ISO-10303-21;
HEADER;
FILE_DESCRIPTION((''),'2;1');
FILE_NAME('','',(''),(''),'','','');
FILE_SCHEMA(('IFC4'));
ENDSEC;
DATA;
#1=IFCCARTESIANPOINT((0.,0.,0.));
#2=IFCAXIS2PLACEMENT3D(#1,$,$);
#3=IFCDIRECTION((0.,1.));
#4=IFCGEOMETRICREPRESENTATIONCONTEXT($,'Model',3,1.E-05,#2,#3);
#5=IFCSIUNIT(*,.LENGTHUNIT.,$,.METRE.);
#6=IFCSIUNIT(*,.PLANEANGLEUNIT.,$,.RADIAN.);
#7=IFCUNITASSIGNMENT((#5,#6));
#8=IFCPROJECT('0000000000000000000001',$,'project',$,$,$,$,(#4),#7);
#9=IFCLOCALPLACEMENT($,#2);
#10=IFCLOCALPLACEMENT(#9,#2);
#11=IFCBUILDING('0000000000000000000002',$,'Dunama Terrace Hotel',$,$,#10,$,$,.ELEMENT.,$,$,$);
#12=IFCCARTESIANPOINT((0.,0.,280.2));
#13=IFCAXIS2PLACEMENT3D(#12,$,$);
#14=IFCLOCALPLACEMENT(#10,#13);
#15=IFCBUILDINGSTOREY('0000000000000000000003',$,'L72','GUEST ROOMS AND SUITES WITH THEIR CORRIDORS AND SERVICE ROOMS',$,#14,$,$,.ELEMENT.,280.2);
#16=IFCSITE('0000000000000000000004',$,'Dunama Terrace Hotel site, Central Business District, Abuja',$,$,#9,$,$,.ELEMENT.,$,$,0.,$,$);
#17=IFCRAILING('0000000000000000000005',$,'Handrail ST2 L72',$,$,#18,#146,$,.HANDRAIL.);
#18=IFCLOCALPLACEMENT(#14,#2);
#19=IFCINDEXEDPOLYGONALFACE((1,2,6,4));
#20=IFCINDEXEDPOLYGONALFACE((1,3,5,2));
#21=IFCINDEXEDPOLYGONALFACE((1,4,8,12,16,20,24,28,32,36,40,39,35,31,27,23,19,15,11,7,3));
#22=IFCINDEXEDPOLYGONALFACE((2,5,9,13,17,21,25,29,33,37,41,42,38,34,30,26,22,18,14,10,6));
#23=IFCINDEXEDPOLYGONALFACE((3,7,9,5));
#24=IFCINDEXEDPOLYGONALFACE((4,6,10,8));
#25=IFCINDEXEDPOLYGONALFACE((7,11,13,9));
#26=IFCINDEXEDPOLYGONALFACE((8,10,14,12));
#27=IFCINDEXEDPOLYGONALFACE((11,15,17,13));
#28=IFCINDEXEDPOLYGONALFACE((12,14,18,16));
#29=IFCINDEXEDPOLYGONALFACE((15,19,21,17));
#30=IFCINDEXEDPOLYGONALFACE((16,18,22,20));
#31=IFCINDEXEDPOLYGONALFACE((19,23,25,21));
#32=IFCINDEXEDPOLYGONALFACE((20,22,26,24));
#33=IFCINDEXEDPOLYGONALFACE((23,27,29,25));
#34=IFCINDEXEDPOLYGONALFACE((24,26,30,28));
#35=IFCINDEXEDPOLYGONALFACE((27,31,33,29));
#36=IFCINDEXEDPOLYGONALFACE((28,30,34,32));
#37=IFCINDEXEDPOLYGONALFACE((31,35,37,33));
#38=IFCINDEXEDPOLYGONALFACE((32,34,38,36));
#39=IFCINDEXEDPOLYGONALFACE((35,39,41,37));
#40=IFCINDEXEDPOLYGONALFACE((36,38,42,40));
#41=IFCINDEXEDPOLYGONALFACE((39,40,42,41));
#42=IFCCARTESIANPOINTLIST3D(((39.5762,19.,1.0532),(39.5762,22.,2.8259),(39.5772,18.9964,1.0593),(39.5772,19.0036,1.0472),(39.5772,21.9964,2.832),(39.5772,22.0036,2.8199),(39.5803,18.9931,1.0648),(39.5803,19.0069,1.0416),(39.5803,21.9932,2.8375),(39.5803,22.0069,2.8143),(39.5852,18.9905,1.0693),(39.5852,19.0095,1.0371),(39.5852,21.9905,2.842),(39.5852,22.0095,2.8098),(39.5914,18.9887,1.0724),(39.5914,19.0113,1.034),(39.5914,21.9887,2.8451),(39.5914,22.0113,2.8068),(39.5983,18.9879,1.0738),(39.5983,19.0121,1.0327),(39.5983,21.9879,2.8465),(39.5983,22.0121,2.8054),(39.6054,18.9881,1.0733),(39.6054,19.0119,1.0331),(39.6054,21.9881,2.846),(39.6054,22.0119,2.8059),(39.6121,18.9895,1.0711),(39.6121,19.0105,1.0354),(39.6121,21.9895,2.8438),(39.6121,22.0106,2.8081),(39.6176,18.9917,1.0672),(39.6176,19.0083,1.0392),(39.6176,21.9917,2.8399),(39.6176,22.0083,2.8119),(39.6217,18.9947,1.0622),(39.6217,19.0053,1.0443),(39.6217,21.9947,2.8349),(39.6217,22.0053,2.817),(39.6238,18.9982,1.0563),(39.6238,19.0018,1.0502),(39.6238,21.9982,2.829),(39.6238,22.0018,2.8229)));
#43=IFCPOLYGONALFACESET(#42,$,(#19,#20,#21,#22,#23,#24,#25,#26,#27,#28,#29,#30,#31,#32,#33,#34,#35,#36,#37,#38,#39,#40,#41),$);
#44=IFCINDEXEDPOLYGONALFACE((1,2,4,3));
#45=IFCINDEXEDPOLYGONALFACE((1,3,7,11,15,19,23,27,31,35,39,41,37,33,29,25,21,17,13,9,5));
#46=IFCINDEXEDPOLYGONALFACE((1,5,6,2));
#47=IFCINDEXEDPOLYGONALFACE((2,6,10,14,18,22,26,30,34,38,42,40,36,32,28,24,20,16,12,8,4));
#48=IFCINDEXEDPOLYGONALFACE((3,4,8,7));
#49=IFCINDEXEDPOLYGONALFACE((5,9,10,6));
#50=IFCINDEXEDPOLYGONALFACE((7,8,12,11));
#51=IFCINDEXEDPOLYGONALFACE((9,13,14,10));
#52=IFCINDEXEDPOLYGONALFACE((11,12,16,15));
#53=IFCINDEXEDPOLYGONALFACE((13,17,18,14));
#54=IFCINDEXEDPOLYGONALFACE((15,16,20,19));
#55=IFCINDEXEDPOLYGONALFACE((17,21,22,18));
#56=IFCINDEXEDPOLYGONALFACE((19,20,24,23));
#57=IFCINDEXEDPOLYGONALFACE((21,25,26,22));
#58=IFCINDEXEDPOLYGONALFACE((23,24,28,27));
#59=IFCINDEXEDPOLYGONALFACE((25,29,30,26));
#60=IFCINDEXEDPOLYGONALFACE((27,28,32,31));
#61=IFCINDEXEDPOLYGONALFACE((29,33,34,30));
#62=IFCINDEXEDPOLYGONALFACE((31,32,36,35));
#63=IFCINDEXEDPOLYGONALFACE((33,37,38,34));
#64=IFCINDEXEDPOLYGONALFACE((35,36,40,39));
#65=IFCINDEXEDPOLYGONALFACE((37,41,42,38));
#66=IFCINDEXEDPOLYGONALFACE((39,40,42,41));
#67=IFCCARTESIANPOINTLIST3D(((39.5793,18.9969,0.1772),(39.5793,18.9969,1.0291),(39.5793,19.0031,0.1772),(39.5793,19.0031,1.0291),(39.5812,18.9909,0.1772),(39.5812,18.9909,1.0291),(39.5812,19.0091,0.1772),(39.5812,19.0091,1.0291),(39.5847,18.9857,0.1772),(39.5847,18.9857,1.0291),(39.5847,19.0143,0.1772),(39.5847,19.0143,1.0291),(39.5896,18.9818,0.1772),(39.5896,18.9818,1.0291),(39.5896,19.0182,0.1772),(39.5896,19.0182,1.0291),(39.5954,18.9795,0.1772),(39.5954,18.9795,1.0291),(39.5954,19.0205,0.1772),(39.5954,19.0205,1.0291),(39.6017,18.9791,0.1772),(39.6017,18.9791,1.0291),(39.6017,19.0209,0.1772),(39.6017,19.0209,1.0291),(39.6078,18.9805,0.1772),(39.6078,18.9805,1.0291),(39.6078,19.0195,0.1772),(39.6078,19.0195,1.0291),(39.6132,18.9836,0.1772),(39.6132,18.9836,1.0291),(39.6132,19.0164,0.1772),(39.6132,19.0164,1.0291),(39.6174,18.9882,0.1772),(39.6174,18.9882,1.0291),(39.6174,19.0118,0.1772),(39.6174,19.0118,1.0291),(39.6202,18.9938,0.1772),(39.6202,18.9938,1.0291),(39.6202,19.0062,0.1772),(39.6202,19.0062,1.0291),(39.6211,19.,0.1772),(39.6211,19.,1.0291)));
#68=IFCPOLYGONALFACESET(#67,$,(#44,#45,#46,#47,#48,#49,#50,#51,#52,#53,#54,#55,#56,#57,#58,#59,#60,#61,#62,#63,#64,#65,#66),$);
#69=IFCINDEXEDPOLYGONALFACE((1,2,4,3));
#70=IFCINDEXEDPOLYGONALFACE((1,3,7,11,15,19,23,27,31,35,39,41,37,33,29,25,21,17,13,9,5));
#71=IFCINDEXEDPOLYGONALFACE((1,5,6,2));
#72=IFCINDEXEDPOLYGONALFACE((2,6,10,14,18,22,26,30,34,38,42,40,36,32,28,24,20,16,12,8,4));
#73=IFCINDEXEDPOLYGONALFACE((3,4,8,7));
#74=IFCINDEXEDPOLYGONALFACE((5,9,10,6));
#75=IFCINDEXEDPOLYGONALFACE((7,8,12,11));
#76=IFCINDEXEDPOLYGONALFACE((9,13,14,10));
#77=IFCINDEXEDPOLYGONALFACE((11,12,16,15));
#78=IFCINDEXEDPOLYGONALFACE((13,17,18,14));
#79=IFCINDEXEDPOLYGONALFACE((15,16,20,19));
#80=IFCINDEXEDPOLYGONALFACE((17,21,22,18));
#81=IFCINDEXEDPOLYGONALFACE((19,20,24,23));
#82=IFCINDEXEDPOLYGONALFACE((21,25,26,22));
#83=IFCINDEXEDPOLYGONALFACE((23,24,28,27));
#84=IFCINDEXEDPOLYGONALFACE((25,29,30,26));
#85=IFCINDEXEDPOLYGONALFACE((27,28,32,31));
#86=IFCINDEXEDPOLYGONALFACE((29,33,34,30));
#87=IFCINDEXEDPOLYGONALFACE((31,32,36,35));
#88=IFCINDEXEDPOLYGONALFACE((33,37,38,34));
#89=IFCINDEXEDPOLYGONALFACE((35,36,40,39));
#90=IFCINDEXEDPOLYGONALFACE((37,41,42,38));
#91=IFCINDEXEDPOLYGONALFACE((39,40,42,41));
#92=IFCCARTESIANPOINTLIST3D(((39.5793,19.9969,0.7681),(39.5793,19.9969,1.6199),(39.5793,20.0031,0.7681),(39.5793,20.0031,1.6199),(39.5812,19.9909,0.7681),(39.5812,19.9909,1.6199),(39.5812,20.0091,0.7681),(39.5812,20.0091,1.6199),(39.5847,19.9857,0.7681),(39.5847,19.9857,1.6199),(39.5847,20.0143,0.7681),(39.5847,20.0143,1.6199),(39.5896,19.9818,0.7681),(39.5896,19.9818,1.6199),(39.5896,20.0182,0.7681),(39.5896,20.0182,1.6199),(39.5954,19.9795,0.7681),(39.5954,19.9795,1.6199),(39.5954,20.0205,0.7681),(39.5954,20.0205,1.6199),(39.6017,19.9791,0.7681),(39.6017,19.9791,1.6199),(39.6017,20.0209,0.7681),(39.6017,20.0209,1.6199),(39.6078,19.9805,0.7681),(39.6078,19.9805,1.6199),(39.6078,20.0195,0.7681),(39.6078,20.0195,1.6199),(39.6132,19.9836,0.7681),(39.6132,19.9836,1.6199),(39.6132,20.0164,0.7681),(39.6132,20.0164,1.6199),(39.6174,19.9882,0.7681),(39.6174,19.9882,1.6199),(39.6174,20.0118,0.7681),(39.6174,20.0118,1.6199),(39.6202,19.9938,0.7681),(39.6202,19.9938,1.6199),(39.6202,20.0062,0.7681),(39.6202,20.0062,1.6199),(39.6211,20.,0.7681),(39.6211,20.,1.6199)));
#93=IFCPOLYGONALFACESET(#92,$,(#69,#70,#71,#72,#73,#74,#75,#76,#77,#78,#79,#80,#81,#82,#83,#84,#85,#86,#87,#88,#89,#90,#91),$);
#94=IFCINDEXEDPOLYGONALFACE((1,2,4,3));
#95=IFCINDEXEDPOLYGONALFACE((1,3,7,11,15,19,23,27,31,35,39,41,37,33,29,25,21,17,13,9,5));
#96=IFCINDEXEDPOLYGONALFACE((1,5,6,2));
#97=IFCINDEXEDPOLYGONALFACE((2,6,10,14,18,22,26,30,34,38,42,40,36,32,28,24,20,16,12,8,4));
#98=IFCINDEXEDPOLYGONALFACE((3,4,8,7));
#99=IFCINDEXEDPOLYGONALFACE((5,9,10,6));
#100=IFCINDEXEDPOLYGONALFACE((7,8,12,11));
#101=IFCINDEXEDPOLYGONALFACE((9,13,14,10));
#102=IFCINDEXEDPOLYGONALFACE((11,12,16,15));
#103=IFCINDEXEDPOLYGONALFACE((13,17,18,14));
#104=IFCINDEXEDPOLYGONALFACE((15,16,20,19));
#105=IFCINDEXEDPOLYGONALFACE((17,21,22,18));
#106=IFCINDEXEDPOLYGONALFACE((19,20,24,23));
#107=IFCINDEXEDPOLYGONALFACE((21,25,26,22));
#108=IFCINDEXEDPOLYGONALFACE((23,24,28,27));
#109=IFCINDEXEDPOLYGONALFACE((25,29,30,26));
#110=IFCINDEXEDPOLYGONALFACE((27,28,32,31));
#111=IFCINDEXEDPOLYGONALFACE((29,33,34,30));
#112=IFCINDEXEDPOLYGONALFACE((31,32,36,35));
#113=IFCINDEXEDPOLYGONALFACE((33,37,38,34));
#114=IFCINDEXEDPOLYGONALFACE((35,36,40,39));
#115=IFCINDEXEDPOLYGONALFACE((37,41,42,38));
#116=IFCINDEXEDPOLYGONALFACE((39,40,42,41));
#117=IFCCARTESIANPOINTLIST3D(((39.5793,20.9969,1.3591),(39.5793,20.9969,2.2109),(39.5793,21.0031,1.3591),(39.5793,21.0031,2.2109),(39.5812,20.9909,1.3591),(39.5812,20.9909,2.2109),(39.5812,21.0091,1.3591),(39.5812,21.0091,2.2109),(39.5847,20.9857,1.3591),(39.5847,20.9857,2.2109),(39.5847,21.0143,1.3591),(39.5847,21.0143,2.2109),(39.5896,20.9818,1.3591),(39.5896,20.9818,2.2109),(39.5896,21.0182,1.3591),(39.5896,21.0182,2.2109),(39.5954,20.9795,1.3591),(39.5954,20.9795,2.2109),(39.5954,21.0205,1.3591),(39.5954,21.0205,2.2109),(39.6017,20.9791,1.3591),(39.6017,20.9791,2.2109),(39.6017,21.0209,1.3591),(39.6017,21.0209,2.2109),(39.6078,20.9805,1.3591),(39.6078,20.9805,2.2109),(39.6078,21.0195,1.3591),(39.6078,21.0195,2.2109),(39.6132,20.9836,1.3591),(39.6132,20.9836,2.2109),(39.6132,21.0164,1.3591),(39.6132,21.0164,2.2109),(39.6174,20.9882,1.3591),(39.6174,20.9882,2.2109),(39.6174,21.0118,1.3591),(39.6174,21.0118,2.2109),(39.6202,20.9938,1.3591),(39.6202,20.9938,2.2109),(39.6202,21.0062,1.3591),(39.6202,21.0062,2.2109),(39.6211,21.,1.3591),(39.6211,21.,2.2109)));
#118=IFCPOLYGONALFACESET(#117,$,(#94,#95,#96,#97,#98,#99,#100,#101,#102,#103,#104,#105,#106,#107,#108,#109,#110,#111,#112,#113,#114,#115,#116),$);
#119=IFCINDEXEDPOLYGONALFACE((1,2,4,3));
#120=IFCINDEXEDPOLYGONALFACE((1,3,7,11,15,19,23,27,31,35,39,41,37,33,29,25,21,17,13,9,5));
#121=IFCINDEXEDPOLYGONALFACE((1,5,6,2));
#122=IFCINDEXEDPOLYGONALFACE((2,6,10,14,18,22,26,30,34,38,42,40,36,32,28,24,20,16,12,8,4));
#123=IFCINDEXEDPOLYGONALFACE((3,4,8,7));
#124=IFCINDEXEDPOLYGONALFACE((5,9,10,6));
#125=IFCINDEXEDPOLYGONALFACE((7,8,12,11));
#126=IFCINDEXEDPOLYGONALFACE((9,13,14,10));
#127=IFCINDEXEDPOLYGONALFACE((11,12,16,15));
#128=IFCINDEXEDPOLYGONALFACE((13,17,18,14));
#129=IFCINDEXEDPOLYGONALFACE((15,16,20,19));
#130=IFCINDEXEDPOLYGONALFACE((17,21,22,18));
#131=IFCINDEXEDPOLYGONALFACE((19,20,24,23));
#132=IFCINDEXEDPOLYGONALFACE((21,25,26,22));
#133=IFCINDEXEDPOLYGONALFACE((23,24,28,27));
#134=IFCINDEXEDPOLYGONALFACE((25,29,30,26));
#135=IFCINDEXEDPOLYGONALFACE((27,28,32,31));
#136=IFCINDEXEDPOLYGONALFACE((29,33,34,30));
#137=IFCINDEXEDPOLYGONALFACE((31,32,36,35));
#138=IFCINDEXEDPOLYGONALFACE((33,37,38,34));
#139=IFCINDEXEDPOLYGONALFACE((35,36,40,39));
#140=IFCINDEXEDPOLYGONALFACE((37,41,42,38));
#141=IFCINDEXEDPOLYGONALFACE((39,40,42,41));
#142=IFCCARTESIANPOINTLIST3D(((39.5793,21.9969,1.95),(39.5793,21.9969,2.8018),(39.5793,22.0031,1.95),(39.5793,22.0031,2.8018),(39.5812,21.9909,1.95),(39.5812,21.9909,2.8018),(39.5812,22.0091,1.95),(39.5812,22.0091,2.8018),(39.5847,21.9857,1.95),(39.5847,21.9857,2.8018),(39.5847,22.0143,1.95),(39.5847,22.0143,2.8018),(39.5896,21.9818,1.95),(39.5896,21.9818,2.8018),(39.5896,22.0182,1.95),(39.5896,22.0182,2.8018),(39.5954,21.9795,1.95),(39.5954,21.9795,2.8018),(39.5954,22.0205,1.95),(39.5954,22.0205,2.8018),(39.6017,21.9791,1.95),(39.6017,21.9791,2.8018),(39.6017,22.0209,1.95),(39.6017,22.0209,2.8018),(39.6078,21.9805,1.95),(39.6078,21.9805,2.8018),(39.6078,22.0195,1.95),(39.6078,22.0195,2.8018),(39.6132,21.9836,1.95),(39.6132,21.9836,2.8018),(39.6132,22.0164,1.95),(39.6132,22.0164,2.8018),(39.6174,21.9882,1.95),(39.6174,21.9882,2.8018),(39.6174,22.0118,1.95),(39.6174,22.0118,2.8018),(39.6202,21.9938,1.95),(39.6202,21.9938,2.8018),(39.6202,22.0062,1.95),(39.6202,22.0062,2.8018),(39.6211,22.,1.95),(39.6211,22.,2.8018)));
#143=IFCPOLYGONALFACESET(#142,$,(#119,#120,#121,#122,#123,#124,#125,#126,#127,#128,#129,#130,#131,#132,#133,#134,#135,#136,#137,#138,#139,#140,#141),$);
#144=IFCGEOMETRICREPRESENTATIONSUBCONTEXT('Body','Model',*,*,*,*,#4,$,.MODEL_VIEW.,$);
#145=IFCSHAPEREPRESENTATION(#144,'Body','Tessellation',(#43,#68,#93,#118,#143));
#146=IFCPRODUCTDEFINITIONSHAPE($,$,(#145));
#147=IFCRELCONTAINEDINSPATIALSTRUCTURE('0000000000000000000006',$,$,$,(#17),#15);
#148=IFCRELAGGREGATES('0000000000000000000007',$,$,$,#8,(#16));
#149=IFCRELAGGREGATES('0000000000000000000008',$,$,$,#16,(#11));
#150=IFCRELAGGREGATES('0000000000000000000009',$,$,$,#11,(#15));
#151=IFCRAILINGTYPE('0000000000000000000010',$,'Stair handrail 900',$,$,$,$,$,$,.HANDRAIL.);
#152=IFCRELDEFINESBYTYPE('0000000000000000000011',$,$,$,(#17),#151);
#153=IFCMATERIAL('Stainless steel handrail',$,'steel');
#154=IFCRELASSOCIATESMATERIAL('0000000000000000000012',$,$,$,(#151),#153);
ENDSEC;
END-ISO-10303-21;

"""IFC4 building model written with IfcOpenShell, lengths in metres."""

from ifc_helpers import new_model, si_unit, direction, frame, origin, origin_2d, place, context, subcontext, project, spatial, circle, extrude, material, type_object, element, save


model = new_model("IFC4")

# Units and contexts
model_context = context("Model", 3, precision=1e-05, world=origin(), true_north=direction((0.0, 1.0)))
body_context = subcontext(model_context, "Body", "Model", "MODEL_VIEW")
ifc_project = project(units=[si_unit("LENGTHUNIT", "METRE"), si_unit("PLANEANGLEUNIT", "RADIAN")], contexts=[model_context])

# Site, building, storey
site_placement = place(None, origin())
site = spatial("IfcSite", under=ifc_project, at=site_placement, Name="Dunama Terrace Hotel site, Central Business District, Abuja", CompositionType="ELEMENT", RefElevation=0.0)
building_placement = place(site_placement, origin())
building = spatial("IfcBuilding", under=site, at=building_placement, Name="Dunama Terrace Hotel", CompositionType="ELEMENT")
storey_placement = place(building_placement, frame((0.0, 0.0, 280.2)))
storey = spatial("IfcBuildingStorey", under=building, at=storey_placement, Name="L72", Description="GUEST ROOMS AND SUITES WITH THEIR CORRIDORS AND SERVICE ROOMS", CompositionType="ELEMENT", Elevation=280.2)

# Railing
ifc_material_1 = material(Name="Stainless steel handrail", Category="steel")
railing_type_1 = type_object("IfcRailingType", Name="Stair handrail 900", PredefinedType="HANDRAIL", material=ifc_material_1)
railing_1_placement = place(storey_placement, frame((39.6001, 19.0, 0.1772)))
element("IfcRailing", 1, at=railing_1_placement, inside=storey, type_object=railing_type_1, Name="Handrail ST2 L72", PredefinedType="HANDRAIL", context=body_context, shape_type="SweptSolid", body=[
    extrude(circle(Radius=0.0239, at=origin_2d()), frame((0.0, 0.0, 0.876), z_axis=(0.0, 0.860929, 0.508725), x_axis=(-1.0, 0.0, 0.0)), (0.0, 0.0, 1.0), 3.4846),
    extrude(circle(Radius=0.021, at=origin_2d()), origin(), (0.0, 0.0, 1.0), 0.8518),
    extrude(circle(Radius=0.021, at=origin_2d()), frame((0.0, 1.0, 0.5908)), (0.0, 0.0, 1.0), 0.8518),
    extrude(circle(Radius=0.021, at=origin_2d()), frame((0.0, 2.0, 1.1819)), (0.0, 0.0, 1.0), 0.8518),
    extrude(circle(Radius=0.021, at=origin_2d()), frame((0.0, 3.0, 1.7727)), (0.0, 0.0, 1.0), 0.8518),
])

save(model, "model.ifc")
